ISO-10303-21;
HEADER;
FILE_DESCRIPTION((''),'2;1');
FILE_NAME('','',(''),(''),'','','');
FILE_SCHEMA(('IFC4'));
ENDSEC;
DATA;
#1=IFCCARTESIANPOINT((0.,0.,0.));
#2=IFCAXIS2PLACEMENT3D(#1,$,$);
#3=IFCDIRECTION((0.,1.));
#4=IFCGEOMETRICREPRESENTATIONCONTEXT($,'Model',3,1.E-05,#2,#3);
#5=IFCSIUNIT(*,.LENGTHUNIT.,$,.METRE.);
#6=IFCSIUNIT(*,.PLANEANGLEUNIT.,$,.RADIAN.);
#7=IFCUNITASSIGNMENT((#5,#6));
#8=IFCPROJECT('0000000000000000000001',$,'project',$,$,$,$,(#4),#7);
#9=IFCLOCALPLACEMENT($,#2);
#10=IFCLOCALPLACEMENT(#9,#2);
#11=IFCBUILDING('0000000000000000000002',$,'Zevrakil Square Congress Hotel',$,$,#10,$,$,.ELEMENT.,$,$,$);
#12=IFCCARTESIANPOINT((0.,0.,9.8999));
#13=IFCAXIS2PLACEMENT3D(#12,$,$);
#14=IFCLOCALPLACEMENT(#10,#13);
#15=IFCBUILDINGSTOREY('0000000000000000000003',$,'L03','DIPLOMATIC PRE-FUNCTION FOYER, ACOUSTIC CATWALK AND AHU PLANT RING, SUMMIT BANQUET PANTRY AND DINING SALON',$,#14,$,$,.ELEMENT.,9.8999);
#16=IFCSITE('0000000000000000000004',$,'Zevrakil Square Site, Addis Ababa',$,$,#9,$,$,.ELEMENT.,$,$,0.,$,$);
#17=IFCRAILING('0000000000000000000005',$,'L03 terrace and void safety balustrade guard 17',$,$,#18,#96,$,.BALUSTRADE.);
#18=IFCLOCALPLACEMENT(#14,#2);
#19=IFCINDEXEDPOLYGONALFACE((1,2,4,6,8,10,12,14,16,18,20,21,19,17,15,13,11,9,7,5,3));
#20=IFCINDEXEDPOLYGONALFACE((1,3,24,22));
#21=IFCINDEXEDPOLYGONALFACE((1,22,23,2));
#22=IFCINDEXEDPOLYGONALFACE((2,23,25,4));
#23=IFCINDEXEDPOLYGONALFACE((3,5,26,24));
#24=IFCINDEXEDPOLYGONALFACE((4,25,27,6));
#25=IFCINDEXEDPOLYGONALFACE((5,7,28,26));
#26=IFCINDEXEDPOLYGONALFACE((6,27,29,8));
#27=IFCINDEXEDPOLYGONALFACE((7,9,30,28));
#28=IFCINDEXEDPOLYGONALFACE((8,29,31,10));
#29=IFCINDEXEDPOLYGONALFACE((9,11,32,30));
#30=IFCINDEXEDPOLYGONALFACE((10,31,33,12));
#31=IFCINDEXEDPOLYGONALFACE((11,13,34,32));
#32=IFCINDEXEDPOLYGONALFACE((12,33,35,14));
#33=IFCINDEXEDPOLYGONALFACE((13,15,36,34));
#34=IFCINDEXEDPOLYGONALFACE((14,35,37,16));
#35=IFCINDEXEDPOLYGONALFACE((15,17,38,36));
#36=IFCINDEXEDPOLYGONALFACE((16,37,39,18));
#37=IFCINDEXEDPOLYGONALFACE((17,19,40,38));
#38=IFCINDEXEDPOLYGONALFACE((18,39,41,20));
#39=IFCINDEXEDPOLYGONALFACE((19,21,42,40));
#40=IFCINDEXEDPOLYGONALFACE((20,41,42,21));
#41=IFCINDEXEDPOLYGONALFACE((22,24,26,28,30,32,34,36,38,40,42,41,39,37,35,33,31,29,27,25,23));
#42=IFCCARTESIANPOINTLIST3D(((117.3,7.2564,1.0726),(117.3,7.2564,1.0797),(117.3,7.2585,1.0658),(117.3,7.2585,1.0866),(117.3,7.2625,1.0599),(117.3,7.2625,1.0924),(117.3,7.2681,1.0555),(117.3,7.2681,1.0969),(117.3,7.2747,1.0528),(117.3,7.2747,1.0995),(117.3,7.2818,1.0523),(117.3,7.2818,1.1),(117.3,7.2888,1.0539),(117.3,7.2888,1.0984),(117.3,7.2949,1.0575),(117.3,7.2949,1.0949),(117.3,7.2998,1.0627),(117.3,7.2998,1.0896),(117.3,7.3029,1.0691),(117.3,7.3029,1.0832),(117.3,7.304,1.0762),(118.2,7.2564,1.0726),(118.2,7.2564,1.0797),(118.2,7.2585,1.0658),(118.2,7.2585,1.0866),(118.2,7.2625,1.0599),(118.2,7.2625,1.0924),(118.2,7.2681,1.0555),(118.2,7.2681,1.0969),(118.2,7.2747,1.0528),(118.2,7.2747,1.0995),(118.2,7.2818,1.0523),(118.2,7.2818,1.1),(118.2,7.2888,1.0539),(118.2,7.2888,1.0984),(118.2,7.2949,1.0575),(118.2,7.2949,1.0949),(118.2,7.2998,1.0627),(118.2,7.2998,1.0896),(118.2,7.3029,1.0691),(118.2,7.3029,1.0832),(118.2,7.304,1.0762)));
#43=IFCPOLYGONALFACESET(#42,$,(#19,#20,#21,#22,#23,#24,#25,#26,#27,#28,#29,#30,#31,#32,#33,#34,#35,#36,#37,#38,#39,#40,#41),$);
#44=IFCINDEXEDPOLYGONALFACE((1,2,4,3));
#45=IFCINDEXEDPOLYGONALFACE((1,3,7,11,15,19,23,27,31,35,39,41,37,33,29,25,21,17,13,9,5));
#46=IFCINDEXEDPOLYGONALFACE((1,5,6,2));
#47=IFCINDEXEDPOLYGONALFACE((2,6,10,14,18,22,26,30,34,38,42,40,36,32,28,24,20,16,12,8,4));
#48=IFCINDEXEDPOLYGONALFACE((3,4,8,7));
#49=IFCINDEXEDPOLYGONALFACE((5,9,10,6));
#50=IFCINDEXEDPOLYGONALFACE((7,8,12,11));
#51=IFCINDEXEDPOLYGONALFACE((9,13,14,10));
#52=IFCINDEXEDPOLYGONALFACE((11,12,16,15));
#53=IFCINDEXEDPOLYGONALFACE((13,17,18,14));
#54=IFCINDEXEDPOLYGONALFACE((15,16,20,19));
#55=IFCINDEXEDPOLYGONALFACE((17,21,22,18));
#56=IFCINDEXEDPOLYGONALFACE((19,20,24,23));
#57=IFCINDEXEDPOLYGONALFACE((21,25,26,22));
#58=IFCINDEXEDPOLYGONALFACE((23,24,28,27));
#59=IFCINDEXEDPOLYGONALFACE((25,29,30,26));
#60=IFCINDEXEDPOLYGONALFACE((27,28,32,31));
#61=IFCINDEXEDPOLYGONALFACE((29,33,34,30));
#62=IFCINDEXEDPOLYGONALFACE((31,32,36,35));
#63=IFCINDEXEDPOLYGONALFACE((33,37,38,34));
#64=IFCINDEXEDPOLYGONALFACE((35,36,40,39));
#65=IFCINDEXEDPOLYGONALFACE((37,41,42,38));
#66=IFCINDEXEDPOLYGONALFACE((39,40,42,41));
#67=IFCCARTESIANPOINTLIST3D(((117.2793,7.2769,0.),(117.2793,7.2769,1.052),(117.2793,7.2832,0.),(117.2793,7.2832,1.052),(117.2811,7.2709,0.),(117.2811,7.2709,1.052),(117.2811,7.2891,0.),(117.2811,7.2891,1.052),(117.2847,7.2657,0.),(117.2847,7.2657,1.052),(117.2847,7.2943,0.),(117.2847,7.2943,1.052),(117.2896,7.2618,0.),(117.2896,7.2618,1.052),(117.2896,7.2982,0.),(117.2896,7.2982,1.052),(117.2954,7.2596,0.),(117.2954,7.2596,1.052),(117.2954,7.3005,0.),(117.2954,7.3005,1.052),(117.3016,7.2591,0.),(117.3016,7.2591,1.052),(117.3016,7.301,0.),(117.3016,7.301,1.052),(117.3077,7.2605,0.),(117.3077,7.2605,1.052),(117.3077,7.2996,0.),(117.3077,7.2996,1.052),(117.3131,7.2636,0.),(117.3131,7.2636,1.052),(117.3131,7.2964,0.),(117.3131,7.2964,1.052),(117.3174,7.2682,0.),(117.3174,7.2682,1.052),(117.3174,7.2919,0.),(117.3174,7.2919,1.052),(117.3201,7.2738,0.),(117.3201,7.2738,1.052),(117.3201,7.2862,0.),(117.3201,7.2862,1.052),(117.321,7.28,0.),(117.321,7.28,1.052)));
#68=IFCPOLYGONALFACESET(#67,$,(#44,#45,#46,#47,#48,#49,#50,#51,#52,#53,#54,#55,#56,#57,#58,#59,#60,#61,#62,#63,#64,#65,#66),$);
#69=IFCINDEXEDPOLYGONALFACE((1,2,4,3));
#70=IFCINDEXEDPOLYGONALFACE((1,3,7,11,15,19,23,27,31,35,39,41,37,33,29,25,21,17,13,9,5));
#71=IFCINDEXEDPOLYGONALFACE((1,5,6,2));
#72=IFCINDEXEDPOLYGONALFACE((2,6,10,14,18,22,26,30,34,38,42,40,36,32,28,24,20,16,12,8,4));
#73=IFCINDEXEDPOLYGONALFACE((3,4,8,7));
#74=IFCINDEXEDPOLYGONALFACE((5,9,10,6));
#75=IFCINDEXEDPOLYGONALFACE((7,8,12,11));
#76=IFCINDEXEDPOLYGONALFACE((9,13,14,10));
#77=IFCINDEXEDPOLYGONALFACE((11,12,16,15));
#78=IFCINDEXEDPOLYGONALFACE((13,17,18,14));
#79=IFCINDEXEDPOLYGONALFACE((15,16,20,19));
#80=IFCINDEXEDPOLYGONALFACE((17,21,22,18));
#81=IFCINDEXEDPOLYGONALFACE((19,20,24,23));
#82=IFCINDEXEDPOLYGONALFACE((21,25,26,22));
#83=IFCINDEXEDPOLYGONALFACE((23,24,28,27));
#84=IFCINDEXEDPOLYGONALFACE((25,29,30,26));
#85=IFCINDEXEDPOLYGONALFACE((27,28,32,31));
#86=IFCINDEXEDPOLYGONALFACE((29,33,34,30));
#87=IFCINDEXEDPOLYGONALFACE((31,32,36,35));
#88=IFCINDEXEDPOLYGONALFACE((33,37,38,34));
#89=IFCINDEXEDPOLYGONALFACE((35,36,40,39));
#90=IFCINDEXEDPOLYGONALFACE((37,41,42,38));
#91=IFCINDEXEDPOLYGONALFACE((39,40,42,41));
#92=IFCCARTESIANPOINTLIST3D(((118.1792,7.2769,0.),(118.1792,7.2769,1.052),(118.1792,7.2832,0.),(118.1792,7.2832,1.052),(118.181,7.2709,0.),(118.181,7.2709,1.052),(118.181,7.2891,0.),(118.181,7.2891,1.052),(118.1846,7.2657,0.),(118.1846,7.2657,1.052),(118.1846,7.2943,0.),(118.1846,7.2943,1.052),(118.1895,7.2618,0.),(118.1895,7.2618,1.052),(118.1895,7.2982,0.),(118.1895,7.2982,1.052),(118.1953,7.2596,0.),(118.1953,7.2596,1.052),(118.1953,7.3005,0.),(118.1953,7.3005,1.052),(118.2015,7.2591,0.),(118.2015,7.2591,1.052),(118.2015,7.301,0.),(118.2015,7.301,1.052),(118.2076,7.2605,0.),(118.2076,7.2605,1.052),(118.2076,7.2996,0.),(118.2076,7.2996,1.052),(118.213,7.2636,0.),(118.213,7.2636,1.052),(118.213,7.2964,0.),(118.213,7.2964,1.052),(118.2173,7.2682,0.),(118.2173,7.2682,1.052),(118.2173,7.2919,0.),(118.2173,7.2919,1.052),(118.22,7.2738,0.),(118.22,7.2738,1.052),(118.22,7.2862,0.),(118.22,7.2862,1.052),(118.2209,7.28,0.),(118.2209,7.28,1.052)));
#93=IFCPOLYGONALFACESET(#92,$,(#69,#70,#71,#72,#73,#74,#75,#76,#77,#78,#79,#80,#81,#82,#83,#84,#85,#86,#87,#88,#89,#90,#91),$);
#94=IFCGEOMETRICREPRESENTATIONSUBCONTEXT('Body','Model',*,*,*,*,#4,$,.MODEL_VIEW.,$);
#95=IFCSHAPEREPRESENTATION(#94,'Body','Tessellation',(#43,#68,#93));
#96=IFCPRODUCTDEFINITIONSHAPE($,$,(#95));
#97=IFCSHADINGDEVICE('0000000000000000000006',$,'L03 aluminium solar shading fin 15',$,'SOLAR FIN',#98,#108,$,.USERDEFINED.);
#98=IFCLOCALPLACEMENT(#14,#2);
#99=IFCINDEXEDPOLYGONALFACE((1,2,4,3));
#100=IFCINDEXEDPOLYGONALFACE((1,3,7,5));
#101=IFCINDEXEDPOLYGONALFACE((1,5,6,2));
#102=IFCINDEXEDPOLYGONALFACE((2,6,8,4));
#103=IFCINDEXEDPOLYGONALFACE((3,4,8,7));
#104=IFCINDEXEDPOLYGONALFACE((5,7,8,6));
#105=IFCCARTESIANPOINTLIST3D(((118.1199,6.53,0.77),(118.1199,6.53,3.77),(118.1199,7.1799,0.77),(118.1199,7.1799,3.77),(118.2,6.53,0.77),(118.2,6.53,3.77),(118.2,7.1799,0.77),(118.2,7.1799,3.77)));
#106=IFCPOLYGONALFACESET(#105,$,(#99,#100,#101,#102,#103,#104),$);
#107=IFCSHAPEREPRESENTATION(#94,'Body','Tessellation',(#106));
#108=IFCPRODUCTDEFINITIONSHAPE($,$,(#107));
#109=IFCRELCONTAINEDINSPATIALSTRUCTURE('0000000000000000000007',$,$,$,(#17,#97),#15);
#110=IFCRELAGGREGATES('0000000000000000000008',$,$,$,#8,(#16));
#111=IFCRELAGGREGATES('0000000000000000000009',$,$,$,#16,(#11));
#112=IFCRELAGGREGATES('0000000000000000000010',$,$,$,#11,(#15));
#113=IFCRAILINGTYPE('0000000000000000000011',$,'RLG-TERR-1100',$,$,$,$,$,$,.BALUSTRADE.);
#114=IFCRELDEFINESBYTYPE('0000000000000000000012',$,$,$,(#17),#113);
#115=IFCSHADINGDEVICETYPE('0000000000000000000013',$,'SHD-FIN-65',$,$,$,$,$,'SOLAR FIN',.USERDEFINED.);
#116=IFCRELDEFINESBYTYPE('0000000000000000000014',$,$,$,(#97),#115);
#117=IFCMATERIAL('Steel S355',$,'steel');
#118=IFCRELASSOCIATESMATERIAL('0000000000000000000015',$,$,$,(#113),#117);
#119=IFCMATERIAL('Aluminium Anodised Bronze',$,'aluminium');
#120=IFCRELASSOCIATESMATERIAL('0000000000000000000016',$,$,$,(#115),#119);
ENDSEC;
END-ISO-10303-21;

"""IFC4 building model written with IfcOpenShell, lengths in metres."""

from ifc_helpers import new_model, si_unit, direction, frame, origin, origin_2d, place, context, subcontext, project, spatial, rectangle, circle, extrude, material, type_object, element, save


model = new_model("IFC4")

# Units and contexts
model_context = context("Model", 3, precision=1e-05, world=origin(), true_north=direction((0.0, 1.0)))
body_context = subcontext(model_context, "Body", "Model", "MODEL_VIEW")
ifc_project = project(units=[si_unit("LENGTHUNIT", "METRE"), si_unit("PLANEANGLEUNIT", "RADIAN")], contexts=[model_context])

# Site, building, storey
site_placement = place(None, origin())
site = spatial("IfcSite", under=ifc_project, at=site_placement, Name="Zevrakil Square Site, Addis Ababa", CompositionType="ELEMENT", RefElevation=0.0)
building_placement = place(site_placement, origin())
building = spatial("IfcBuilding", under=site, at=building_placement, Name="Zevrakil Square Congress Hotel", CompositionType="ELEMENT")
storey_placement = place(building_placement, frame((0.0, 0.0, 9.8999)))
storey = spatial("IfcBuildingStorey", under=building, at=storey_placement, Name="L03", Description="DIPLOMATIC PRE-FUNCTION FOYER, ACOUSTIC CATWALK AND AHU PLANT RING, SUMMIT BANQUET PANTRY AND DINING SALON", CompositionType="ELEMENT", Elevation=9.8999)

# Railing
ifc_material_1 = material(Name="Steel S355", Category="steel")
railing_type = type_object("IfcRailingType", Name="RLG-TERR-1100", PredefinedType="BALUSTRADE", material=ifc_material_1)
railing_placement = place(storey_placement, frame((117.3, 7.28, 0.0)))
element("IfcRailing", 1, at=railing_placement, inside=storey, type_object=railing_type, Name="L03 terrace and void safety balustrade guard 17", PredefinedType="BALUSTRADE", context=body_context, shape_type="SweptSolid", body=[
    extrude(circle(Radius=0.0239, at=origin_2d()), frame((0.0, 0.0, 1.0762), z_axis=(1.0, 0.0, 0.0), x_axis=(0.0, 1.0, 0.0)), (0.0, 0.0, 1.0), 0.8999),
    extrude(circle(Radius=0.021, at=origin_2d()), origin(), (0.0, 0.0, 1.0), 1.052),
    extrude(circle(Radius=0.021, at=origin_2d()), frame((0.8999, 0.0, 0.0)), (0.0, 0.0, 1.0), 1.052),
])

# Shading device
ifc_material_2 = material(Name="Aluminium Anodised Bronze", Category="aluminium")
shading_device_type = type_object("IfcShadingDeviceType", Name="SHD-FIN-65", ElementType="SOLAR FIN", PredefinedType="USERDEFINED", material=ifc_material_2)
shading_device_placement = place(storey_placement, frame((118.1599, 6.855, 0.77), z_axis=(0.0, 0.0, 1.0), x_axis=(0.0, -1.0, 0.0)))
element("IfcShadingDevice", 2, at=shading_device_placement, inside=storey, type_object=shading_device_type, Name="L03 aluminium solar shading fin 15", ObjectType="SOLAR FIN", PredefinedType="USERDEFINED", context=body_context, shape_type="SweptSolid", body=[
    extrude(rectangle(XDim=0.6499, YDim=0.0801, at=origin_2d()), origin(), (0.0, 0.0, 1.0), 3.0),
])

save(model, "model.ifc")
